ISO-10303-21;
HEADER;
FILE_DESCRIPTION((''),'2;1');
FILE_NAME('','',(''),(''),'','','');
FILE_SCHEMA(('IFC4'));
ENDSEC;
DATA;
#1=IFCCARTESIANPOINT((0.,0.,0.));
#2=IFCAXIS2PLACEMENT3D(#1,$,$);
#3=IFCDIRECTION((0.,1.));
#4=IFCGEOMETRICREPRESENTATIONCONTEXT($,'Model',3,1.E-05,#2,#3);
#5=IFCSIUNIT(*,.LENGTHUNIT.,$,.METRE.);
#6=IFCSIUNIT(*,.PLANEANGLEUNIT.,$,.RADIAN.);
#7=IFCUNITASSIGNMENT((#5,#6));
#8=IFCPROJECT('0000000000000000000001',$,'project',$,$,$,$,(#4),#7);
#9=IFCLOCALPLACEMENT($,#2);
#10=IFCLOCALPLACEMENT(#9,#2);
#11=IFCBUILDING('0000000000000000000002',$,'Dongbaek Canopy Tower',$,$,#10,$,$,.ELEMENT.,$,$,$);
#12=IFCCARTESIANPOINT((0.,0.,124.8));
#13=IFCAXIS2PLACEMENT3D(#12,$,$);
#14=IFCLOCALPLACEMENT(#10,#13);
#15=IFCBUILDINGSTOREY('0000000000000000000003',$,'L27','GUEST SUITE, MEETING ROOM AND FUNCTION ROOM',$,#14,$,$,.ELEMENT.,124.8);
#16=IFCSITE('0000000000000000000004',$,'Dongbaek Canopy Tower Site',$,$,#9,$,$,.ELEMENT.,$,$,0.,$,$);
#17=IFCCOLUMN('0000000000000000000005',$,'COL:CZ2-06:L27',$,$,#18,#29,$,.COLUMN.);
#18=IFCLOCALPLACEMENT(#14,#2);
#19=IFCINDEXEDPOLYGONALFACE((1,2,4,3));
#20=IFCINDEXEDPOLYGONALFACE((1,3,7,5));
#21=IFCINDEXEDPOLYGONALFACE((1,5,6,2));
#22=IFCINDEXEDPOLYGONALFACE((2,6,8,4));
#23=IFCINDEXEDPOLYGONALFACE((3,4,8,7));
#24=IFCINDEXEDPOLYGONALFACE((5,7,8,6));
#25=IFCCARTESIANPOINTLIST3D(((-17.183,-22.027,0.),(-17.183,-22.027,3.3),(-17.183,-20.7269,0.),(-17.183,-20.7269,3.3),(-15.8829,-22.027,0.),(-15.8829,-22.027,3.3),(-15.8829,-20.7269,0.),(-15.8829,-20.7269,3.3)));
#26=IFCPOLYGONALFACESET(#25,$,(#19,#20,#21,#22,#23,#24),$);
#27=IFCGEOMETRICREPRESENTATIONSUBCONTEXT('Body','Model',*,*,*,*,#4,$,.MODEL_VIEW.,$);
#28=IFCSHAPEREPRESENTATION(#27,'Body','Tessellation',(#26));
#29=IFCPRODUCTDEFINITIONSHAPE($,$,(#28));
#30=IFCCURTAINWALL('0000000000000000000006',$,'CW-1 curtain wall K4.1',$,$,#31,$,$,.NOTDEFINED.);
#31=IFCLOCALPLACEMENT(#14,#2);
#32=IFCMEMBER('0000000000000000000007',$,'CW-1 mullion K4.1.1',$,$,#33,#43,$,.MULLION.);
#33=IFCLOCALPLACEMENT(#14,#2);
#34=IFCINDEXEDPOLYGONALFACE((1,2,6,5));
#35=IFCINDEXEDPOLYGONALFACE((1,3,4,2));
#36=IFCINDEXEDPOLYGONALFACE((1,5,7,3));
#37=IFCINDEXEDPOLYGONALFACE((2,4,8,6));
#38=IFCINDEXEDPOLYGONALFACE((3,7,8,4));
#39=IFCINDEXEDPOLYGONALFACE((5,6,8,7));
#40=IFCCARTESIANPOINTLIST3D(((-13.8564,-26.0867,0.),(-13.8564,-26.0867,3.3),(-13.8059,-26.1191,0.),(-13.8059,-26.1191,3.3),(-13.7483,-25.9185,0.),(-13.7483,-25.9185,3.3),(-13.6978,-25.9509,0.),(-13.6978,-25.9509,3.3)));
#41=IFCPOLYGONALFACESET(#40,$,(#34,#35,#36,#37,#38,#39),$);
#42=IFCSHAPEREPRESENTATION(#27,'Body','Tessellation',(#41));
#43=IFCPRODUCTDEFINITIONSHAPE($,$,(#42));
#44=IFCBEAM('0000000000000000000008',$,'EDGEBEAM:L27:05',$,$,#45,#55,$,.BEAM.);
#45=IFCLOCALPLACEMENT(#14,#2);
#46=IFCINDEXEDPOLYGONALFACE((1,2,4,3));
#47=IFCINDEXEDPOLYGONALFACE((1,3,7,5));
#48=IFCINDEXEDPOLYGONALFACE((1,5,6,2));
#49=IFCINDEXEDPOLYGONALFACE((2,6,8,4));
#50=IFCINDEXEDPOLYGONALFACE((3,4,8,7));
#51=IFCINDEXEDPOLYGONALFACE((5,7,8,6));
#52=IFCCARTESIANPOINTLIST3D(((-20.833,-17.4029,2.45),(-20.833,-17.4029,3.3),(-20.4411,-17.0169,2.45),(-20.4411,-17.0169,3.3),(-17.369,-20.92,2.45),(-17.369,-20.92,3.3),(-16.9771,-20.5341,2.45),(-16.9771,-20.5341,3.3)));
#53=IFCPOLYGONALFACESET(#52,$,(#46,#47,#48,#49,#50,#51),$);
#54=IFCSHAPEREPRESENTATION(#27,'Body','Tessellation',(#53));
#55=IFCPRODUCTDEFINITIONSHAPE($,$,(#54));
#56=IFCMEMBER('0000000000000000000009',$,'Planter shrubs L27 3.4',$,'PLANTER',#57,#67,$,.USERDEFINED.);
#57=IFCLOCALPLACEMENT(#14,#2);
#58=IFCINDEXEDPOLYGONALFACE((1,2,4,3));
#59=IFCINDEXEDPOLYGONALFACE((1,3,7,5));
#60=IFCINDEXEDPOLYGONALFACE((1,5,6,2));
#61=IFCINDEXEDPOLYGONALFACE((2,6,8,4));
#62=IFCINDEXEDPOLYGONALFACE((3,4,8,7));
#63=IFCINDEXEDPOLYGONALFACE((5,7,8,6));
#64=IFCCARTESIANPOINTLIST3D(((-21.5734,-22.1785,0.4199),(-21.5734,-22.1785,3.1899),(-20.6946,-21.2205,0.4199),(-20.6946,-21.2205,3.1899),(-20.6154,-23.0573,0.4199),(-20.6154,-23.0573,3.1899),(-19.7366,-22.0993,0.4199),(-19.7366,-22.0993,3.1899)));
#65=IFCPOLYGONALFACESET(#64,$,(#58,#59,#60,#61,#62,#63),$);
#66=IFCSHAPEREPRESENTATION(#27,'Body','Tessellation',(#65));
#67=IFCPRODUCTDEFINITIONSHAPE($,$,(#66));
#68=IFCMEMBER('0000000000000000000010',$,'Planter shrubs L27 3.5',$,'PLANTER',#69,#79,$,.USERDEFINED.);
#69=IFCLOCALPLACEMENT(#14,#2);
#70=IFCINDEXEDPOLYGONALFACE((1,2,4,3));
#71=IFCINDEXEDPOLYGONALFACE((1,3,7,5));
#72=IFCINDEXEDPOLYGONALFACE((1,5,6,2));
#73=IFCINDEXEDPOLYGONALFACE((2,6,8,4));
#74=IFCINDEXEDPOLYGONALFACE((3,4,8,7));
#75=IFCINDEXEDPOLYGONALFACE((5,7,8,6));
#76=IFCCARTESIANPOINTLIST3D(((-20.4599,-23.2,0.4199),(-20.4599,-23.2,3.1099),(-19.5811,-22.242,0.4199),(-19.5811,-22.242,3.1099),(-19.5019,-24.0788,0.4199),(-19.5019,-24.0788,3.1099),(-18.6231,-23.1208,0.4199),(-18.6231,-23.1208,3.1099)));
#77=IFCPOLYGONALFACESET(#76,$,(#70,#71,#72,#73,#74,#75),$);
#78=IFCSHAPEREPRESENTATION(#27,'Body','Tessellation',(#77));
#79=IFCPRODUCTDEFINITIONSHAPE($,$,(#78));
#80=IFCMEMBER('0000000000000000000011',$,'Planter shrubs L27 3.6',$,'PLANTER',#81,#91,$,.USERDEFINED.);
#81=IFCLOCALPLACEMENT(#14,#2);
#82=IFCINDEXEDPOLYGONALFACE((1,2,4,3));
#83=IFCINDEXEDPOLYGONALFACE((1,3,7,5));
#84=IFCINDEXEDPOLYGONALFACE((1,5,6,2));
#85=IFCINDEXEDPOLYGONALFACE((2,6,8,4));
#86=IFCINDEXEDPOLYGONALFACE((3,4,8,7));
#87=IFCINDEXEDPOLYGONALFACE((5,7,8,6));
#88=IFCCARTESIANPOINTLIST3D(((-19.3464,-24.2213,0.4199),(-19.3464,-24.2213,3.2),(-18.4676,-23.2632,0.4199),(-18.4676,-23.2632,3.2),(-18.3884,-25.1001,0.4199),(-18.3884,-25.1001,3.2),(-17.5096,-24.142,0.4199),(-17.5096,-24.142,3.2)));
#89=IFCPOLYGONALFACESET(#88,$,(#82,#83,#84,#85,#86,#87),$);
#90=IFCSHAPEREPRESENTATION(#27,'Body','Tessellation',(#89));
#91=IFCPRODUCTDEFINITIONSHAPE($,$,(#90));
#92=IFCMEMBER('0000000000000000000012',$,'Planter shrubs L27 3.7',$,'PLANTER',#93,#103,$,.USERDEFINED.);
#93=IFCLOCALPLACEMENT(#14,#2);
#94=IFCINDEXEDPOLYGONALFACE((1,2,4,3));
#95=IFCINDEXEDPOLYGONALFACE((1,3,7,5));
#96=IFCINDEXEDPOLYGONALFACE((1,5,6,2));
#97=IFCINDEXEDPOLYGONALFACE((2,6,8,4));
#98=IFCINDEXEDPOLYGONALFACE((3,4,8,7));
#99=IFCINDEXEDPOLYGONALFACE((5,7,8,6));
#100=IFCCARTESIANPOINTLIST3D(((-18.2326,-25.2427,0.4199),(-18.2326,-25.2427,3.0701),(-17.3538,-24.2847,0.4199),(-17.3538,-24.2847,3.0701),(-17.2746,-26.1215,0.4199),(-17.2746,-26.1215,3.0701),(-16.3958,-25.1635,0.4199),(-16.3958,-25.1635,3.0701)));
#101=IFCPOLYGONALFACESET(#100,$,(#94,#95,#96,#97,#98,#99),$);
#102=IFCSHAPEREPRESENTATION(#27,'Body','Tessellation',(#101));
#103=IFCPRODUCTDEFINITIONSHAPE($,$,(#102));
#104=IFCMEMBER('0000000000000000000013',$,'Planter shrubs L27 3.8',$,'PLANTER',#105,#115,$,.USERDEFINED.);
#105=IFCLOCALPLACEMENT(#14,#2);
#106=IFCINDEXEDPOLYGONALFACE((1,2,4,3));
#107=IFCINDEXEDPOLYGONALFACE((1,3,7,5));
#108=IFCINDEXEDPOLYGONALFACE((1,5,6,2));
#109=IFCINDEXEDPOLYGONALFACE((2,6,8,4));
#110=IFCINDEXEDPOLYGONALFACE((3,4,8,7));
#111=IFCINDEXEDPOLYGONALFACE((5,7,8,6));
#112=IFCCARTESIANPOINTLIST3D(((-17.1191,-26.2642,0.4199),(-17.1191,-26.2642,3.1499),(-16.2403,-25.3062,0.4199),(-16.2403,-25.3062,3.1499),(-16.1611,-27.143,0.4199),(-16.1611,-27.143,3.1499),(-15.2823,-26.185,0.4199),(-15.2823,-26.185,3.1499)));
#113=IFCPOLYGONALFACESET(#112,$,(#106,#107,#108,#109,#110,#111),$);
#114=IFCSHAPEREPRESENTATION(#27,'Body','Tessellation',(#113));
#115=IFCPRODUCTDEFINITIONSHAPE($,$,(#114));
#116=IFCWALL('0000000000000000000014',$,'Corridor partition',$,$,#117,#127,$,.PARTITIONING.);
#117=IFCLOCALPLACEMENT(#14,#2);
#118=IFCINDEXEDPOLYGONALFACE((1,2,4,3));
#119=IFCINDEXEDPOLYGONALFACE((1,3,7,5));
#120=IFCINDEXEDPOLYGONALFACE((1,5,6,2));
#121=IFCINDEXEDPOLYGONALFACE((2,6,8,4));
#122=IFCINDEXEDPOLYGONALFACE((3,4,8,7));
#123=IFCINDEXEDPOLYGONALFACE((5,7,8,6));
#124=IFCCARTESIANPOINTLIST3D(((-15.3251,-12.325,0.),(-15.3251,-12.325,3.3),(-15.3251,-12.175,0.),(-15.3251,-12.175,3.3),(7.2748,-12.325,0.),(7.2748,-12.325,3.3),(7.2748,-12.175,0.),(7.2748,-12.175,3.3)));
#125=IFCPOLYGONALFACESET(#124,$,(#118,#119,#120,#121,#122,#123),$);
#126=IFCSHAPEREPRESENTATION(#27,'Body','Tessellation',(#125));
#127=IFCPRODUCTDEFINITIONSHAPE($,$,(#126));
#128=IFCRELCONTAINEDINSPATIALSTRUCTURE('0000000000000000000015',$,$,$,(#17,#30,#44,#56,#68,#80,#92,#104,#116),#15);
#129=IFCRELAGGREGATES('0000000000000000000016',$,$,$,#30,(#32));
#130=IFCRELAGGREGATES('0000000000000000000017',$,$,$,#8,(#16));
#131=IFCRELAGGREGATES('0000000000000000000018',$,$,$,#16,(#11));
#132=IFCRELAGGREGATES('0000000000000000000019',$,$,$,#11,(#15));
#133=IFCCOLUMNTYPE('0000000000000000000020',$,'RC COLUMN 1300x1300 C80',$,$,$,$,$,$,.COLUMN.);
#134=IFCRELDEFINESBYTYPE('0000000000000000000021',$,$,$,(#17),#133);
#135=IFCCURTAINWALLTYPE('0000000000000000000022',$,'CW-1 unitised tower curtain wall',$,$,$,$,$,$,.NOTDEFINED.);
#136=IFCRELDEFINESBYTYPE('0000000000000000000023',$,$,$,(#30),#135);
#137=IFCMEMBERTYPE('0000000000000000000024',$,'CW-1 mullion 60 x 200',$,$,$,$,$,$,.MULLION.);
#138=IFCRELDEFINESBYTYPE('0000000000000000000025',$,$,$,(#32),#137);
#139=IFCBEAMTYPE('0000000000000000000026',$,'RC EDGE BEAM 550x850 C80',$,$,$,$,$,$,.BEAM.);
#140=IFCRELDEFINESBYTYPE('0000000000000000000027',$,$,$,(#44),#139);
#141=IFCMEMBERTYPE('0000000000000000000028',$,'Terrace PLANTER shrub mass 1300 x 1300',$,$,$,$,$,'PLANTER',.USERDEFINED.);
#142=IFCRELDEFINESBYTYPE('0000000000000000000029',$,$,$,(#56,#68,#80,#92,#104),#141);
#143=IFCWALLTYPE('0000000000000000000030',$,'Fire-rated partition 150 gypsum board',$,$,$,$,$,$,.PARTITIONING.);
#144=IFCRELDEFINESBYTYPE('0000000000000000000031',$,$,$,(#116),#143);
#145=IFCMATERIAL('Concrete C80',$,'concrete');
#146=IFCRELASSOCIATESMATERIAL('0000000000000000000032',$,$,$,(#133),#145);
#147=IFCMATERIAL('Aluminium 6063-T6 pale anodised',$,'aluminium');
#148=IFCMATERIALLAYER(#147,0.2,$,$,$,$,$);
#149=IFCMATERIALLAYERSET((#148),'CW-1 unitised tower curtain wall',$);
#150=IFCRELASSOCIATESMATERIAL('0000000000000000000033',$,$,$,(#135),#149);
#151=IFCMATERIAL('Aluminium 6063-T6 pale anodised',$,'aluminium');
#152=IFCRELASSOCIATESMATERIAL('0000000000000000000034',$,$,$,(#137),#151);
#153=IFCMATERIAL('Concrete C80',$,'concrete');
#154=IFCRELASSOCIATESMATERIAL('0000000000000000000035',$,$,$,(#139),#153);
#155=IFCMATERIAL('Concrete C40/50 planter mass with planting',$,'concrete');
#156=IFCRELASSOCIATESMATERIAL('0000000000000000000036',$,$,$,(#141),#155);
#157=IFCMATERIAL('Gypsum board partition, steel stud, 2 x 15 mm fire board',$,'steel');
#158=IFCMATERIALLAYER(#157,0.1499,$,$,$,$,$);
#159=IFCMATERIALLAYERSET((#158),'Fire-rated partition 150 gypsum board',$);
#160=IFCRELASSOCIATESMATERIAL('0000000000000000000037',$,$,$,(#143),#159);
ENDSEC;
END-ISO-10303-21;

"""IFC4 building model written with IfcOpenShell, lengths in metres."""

from ifc_helpers import new_model, si_unit, direction, frame, frame_2d, origin, origin_2d, place, context, subcontext, project, spatial, rectangle, extrude, material, layer, layer_set, material_profile, profile_set, type_object, element, aggregate, save


model = new_model("IFC4")

# Units and contexts
model_context = context("Model", 3, precision=1e-05, world=origin(), true_north=direction((0.0, 1.0)))
body_context = subcontext(model_context, "Body", "Model", "MODEL_VIEW")
ifc_project = project(units=[si_unit("LENGTHUNIT", "METRE"), si_unit("PLANEANGLEUNIT", "RADIAN")], contexts=[model_context])

# Site, building, storey
site_placement = place(None, origin())
site = spatial("IfcSite", under=ifc_project, at=site_placement, Name="Dongbaek Canopy Tower Site", CompositionType="ELEMENT", RefElevation=0.0)
building_placement = place(site_placement, origin())
building = spatial("IfcBuilding", under=site, at=building_placement, Name="Dongbaek Canopy Tower", CompositionType="ELEMENT")
storey_placement = place(building_placement, frame((0.0, 0.0, 124.8)))
storey = spatial("IfcBuildingStorey", under=building, at=storey_placement, Name="L27", Description="GUEST SUITE, MEETING ROOM AND FUNCTION ROOM", CompositionType="ELEMENT", Elevation=124.8)

# Column
ifc_material_1 = material(Name="Concrete C80", Category="concrete")
ifc_material_profile_1 = material_profile(ifc_material_1, rectangle(XDim=1.3, YDim=1.3, at=origin_2d()), Name="RC COLUMN 1300x1300 C80")
ifc_profile_set_1 = profile_set([ifc_material_profile_1], Name="Concrete C80")
column_type = type_object("IfcColumnType", Name="RC COLUMN 1300x1300 C80", PredefinedType="COLUMN", material=ifc_profile_set_1)
column_placement = place(storey_placement, frame((-16.533, -21.377, 0.0), z_axis=(0.0, 0.0, 1.0), x_axis=(1.0, 0.0, 0.0)))
element("IfcColumn", 1, at=column_placement, inside=storey, type_object=column_type, Name="COL:CZ2-06:L27", PredefinedType="COLUMN", context=body_context, shape_type="SweptSolid", body=[
    extrude(rectangle(XDim=1.3, YDim=1.3, at=origin_2d()), origin(), (0.0, 0.0, 1.0), 3.3),
])

# Curtain wall, member
ifc_material_2 = material(Name="Aluminium 6063-T6 pale anodised", Category="aluminium")
ifc_layer_1 = layer(ifc_material_2, 0.2)
ifc_layer_set_1 = layer_set([ifc_layer_1], Name="CW-1 unitised tower curtain wall")
curtain_wall_type = type_object("IfcCurtainWallType", Name="CW-1 unitised tower curtain wall", PredefinedType="NOTDEFINED", material=ifc_layer_set_1)
curtain_wall_placement = place(storey_placement, origin())
curtain_wall = element("IfcCurtainWall", 2, at=curtain_wall_placement, inside=storey, type_object=curtain_wall_type, Name="CW-1 curtain wall K4.1", PredefinedType="NOTDEFINED")
ifc_material_3 = material(Name="Aluminium 6063-T6 pale anodised", Category="aluminium")
ifc_material_profile_2 = material_profile(ifc_material_3, rectangle(XDim=0.2, YDim=0.0601, at=origin_2d()), Name="CW-1 mullion 60 x 200")
ifc_profile_set_2 = profile_set([ifc_material_profile_2], Name="Aluminium 6063-T6 pale anodised")
member_type_1 = type_object("IfcMemberType", Name="CW-1 mullion 60 x 200", PredefinedType="MULLION", material=ifc_profile_set_2)
member_1_placement = place(storey_placement, frame((-13.7771, -26.0188, 0.0), z_axis=(0.0, 0.0, 1.0), x_axis=(-0.540614, -0.841271, 0.0)))
member_1 = element("IfcMember", 3, at=member_1_placement, type_object=member_type_1, Name="CW-1 mullion K4.1.1", PredefinedType="MULLION", context=body_context, shape_type="SweptSolid", body=[
    extrude(rectangle(XDim=0.2, YDim=0.0601, at=origin_2d()), origin(), (0.0, 0.0, 1.0), 3.3),
])
aggregate(curtain_wall, [member_1])

# Beam
ifc_material_4 = material(Name="Concrete C80", Category="concrete")
ifc_material_profile_3 = material_profile(ifc_material_4, rectangle(XDim=0.55, YDim=0.8501, at=origin_2d()), Name="RC EDGE BEAM 550x850 C80")
ifc_profile_set_3 = profile_set([ifc_material_profile_3], Name="Concrete C80")
beam_type = type_object("IfcBeamType", Name="RC EDGE BEAM 550x850 C80", PredefinedType="BEAM", material=ifc_profile_set_3)
beam_placement = place(storey_placement, frame((-17.1731, -20.7271, 2.875), z_axis=(-0.701695, 0.712477, 0.0), x_axis=(-0.712477, -0.701695, 0.0)))
element("IfcBeam", 4, at=beam_placement, inside=storey, type_object=beam_type, Name="EDGEBEAM:L27:05", PredefinedType="BEAM", context=body_context, shape_type="SweptSolid", body=[
    extrude(rectangle(XDim=0.55, YDim=0.8501, at=origin_2d()), origin(), (0.0, 0.0, 1.0), 4.9365),
])

# Members
ifc_material_5 = material(Name="Concrete C40/50 planter mass with planting", Category="concrete")
ifc_material_profile_4 = material_profile(ifc_material_5, rectangle(XDim=1.3, YDim=1.3, at=origin_2d()), Name="Terrace PLANTER shrub mass 1300 x 1300")
ifc_profile_set_4 = profile_set([ifc_material_profile_4], Name="Concrete C40/50 planter mass with planting")
member_type_2 = type_object("IfcMemberType", Name="Terrace PLANTER shrub mass 1300 x 1300", ElementType="PLANTER", PredefinedType="USERDEFINED", material=ifc_profile_set_4)
member_2_placement = place(storey_placement, frame((-20.655, -22.1389, 0.4199), z_axis=(0.0, 0.0, 1.0), x_axis=(-0.67598, -0.73692, 0.0)))
element("IfcMember", 5, at=member_2_placement, inside=storey, type_object=member_type_2, Name="Planter shrubs L27 3.4", ObjectType="PLANTER", PredefinedType="USERDEFINED", context=body_context, shape_type="SweptSolid", body=[
    extrude(rectangle(XDim=1.3, YDim=1.3, at=origin_2d()), origin(), (0.0, 0.0, 1.0), 2.77),
])
member_3_placement = place(storey_placement, frame((-19.5415, -23.1604, 0.4199), z_axis=(0.0, 0.0, 1.0), x_axis=(-0.67598, -0.73692, 0.0)))
element("IfcMember", 6, at=member_3_placement, inside=storey, type_object=member_type_2, Name="Planter shrubs L27 3.5", ObjectType="PLANTER", PredefinedType="USERDEFINED", context=body_context, shape_type="SweptSolid", body=[
    extrude(rectangle(XDim=1.3, YDim=1.3, at=origin_2d()), origin(), (0.0, 0.0, 1.0), 2.6899),
])
member_4_placement = place(storey_placement, frame((-18.428, -24.1816, 0.4199), z_axis=(0.0, 0.0, 1.0), x_axis=(-0.67598, -0.73692, 0.0)))
element("IfcMember", 7, at=member_4_placement, inside=storey, type_object=member_type_2, Name="Planter shrubs L27 3.6", ObjectType="PLANTER", PredefinedType="USERDEFINED", context=body_context, shape_type="SweptSolid", body=[
    extrude(rectangle(XDim=1.3, YDim=1.3, at=origin_2d()), origin(), (0.0, 0.0, 1.0), 2.78),
])
member_5_placement = place(storey_placement, frame((-17.3142, -25.2031, 0.4199), z_axis=(0.0, 0.0, 1.0), x_axis=(-0.67598, -0.73692, 0.0)))
element("IfcMember", 8, at=member_5_placement, inside=storey, type_object=member_type_2, Name="Planter shrubs L27 3.7", ObjectType="PLANTER", PredefinedType="USERDEFINED", context=body_context, shape_type="SweptSolid", body=[
    extrude(rectangle(XDim=1.3, YDim=1.3, at=origin_2d()), origin(), (0.0, 0.0, 1.0), 2.6501),
])
member_6_placement = place(storey_placement, frame((-16.2007, -26.2246, 0.4199), z_axis=(0.0, 0.0, 1.0), x_axis=(-0.67598, -0.73692, 0.0)))
element("IfcMember", 9, at=member_6_placement, inside=storey, type_object=member_type_2, Name="Planter shrubs L27 3.8", ObjectType="PLANTER", PredefinedType="USERDEFINED", context=body_context, shape_type="SweptSolid", body=[
    extrude(rectangle(XDim=1.3, YDim=1.3, at=origin_2d()), origin(), (0.0, 0.0, 1.0), 2.73),
])

# Wall
ifc_material_6 = material(Name="Gypsum board partition, steel stud, 2 x 15 mm fire board", Category="steel")
ifc_layer_2 = layer(ifc_material_6, 0.1499)
ifc_layer_set_2 = layer_set([ifc_layer_2], Name="Fire-rated partition 150 gypsum board")
wall_type_1 = type_object("IfcWallType", Name="Fire-rated partition 150 gypsum board", PredefinedType="PARTITIONING", material=ifc_layer_set_2)
wall_1_placement = place(storey_placement, frame((-15.325, -12.25, 0.0), z_axis=(0.0, 0.0, 1.0), x_axis=(1.0, 0.0, 0.0)))
element("IfcWall", 10, at=wall_1_placement, inside=storey, type_object=wall_type_1, Name="Corridor partition", PredefinedType="PARTITIONING", context=body_context, shape_type="SweptSolid", body=[
    extrude(rectangle(XDim=22.5999, YDim=0.1499, at=frame_2d((11.2998, 0.0))), origin(), (0.0, 0.0, 1.0), 3.3),
])

save(model, "model.ifc")
